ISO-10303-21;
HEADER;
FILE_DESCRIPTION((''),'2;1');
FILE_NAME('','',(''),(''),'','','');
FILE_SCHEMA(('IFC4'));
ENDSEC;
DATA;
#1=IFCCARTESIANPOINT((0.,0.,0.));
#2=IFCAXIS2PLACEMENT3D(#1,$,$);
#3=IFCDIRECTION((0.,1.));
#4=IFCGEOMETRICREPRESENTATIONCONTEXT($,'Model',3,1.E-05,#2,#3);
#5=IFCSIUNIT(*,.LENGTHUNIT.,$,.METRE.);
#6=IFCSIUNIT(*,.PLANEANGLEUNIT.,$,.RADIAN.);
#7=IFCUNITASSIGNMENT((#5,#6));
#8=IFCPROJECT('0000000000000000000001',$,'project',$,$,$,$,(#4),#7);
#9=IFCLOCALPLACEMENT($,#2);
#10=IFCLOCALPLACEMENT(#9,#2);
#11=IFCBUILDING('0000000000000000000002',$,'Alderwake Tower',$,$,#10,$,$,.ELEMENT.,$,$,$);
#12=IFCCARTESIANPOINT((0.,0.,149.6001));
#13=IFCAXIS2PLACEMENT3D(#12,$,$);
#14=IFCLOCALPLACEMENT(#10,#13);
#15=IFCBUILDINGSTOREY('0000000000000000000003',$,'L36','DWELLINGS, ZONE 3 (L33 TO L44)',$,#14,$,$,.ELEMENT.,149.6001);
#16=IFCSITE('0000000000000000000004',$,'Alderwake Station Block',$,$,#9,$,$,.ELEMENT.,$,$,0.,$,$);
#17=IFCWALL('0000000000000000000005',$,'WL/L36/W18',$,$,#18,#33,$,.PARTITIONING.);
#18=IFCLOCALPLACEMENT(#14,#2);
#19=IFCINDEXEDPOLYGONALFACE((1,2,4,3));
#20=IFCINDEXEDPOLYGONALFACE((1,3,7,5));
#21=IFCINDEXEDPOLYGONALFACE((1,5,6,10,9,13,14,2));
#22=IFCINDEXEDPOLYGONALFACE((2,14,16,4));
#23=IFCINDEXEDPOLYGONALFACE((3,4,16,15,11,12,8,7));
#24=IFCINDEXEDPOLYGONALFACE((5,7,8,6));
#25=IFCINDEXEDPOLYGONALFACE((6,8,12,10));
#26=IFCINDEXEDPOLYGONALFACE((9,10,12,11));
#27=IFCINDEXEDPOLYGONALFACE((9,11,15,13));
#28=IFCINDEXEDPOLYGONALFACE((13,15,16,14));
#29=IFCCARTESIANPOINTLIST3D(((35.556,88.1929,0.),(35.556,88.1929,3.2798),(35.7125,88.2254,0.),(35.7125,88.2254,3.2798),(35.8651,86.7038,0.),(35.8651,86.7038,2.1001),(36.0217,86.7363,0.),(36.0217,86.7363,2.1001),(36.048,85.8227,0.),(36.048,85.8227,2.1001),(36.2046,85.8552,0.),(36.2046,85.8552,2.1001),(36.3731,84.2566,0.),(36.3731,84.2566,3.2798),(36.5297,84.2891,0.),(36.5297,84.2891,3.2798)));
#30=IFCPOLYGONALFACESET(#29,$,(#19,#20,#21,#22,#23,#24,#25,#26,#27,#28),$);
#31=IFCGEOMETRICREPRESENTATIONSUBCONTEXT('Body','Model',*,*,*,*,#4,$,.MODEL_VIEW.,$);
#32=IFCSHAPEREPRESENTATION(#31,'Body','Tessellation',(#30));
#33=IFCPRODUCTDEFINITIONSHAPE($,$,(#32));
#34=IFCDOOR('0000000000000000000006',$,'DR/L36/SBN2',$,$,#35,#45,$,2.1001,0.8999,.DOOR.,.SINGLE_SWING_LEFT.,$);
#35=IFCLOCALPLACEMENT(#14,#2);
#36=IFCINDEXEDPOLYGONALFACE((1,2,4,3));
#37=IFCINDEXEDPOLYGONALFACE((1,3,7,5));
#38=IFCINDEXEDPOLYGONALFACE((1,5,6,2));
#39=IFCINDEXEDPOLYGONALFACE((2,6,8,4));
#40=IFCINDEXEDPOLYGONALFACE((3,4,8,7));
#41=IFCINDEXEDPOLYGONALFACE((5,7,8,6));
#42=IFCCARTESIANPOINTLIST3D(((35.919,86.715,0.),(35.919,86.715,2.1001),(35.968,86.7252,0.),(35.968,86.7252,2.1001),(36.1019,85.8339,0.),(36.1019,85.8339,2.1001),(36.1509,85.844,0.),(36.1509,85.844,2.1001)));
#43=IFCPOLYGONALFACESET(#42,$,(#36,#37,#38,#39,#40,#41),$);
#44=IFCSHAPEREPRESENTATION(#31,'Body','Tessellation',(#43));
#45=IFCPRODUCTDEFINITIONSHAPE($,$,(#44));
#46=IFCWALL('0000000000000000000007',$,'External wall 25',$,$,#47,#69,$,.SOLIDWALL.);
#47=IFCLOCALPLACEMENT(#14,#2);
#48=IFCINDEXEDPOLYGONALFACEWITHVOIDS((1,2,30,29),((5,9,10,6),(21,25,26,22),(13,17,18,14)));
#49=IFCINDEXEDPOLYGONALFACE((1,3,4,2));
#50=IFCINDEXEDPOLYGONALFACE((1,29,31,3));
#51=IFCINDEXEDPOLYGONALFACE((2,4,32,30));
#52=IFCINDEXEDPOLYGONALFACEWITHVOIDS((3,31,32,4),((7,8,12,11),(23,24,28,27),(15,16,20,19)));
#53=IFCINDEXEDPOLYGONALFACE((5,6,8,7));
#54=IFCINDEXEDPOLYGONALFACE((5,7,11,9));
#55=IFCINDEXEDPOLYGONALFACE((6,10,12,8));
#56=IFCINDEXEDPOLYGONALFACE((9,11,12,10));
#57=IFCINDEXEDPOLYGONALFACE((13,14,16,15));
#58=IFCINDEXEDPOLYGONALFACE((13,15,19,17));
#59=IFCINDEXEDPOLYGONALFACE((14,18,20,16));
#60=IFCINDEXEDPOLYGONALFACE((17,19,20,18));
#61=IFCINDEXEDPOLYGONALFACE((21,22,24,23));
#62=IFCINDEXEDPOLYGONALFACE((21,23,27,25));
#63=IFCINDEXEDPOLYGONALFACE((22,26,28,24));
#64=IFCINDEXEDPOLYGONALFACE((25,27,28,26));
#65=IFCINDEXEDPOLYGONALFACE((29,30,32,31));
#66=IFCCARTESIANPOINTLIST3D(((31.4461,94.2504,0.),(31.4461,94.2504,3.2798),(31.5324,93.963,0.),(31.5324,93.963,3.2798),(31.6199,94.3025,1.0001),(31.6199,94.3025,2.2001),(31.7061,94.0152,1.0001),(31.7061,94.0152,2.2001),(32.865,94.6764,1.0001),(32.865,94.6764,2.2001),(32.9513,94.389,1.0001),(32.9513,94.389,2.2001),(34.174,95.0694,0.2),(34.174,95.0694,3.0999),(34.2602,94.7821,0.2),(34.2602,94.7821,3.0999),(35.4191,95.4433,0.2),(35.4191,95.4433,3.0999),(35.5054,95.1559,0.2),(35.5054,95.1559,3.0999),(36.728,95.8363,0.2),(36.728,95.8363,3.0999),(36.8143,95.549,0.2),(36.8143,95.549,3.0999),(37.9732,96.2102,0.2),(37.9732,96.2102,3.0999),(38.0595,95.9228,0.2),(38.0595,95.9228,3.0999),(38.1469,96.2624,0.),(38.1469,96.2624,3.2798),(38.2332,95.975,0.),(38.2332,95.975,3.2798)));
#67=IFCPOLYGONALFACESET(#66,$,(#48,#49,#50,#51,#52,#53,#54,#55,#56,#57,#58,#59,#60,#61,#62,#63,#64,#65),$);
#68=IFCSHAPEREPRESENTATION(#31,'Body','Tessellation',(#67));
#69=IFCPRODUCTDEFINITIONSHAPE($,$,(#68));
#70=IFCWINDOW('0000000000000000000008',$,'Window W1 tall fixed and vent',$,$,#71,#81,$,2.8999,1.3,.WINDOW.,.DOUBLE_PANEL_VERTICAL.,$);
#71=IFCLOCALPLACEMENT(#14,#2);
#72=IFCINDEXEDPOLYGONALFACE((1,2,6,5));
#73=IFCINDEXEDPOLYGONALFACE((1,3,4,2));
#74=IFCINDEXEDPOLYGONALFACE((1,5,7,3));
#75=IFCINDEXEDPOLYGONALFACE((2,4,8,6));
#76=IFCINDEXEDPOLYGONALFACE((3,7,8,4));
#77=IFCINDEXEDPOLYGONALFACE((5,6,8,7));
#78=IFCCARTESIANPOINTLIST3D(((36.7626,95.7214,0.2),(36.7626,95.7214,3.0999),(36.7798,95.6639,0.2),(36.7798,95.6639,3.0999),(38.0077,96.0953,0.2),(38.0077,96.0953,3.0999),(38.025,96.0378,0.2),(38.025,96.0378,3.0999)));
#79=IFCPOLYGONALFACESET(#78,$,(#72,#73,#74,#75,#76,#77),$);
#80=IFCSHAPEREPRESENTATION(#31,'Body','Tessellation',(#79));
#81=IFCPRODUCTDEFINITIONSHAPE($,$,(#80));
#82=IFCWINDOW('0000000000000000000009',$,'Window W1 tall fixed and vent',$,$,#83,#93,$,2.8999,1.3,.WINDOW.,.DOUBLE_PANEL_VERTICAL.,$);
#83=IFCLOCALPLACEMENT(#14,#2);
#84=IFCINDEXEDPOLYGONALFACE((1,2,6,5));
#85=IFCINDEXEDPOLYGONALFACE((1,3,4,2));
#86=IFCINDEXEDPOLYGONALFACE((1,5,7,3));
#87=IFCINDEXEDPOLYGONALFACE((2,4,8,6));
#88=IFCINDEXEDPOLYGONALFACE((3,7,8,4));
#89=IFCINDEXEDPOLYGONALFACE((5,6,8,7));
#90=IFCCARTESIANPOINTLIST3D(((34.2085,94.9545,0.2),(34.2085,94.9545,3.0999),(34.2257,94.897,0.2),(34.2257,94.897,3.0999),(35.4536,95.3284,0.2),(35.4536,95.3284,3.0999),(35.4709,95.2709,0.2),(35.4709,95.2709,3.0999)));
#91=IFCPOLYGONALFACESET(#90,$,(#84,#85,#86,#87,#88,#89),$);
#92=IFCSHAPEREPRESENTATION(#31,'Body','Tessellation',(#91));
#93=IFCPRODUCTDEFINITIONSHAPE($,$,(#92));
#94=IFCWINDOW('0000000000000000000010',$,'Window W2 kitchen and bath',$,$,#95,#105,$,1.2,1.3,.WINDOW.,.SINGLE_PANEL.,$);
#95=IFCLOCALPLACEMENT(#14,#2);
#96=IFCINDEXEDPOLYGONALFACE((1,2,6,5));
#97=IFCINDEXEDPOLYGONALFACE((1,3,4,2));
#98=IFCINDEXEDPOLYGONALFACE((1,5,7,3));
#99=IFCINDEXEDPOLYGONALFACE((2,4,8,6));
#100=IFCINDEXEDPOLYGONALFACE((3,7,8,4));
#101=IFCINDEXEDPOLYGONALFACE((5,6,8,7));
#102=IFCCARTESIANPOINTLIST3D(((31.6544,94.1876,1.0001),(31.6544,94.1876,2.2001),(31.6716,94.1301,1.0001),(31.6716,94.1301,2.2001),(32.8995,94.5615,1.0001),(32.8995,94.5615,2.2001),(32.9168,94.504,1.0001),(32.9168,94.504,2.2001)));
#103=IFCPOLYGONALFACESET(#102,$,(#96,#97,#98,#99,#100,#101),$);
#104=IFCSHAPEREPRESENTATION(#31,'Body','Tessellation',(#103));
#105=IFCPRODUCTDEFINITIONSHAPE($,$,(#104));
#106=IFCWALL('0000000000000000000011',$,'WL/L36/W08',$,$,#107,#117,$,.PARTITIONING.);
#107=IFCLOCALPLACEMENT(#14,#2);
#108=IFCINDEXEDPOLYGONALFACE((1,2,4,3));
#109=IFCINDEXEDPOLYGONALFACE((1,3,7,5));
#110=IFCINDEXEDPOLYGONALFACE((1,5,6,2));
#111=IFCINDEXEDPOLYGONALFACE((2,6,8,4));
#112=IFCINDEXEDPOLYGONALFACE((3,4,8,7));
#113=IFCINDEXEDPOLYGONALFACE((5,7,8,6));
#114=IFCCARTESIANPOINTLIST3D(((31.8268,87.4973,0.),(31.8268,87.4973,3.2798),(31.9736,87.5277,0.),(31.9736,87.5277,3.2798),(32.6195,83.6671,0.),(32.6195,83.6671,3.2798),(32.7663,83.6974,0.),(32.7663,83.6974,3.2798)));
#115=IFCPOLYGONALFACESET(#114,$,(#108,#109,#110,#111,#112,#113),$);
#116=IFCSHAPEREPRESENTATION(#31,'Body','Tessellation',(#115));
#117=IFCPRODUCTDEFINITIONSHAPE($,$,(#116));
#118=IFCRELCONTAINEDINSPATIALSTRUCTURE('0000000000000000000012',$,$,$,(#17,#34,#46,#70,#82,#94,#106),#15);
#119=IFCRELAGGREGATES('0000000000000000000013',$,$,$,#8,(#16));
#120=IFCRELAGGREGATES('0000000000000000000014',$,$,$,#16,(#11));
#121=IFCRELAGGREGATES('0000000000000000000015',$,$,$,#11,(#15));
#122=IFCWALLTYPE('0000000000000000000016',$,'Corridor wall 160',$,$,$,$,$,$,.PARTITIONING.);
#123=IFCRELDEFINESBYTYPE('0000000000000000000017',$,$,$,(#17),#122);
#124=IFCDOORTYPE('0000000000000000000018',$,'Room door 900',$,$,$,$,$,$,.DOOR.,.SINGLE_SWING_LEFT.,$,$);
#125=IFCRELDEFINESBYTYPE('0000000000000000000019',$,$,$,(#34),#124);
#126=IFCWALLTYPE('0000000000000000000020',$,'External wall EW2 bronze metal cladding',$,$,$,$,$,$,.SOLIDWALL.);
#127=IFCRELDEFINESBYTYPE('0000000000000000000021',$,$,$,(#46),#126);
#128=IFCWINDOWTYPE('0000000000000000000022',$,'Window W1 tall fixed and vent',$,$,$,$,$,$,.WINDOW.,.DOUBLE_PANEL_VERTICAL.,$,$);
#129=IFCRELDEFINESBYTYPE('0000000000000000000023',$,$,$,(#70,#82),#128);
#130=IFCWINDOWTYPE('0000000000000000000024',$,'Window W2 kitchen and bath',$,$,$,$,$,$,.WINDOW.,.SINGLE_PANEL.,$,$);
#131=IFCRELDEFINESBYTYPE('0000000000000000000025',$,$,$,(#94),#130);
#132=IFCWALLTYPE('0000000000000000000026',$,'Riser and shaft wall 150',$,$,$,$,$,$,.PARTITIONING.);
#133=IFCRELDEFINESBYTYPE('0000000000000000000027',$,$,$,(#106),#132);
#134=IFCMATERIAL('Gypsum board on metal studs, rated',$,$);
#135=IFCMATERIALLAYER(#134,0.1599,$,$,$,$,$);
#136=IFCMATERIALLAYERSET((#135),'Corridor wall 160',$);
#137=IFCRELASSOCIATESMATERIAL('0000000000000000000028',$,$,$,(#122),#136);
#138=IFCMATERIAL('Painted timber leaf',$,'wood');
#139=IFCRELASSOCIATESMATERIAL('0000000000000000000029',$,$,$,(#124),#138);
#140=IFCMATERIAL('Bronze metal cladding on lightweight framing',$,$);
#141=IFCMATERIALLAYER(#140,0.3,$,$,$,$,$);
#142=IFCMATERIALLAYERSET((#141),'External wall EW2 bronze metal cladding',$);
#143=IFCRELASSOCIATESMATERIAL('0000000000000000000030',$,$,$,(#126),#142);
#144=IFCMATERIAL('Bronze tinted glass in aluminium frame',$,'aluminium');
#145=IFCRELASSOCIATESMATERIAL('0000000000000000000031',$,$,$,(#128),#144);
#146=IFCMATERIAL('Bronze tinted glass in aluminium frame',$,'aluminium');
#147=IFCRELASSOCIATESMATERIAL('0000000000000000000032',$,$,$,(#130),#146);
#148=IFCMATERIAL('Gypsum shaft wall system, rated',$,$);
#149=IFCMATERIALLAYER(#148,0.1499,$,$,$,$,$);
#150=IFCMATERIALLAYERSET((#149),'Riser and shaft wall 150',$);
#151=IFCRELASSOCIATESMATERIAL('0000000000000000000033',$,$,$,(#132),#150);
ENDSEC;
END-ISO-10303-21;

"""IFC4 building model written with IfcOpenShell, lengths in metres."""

from ifc_helpers import new_model, si_unit, direction, frame, frame_2d, origin, place, context, subcontext, project, spatial, rectangle, extrude, material, layer, layer_set, type_object, element, fill, save


model = new_model("IFC4")

# Units and contexts
model_context = context("Model", 3, precision=1e-05, world=origin(), true_north=direction((0.0, 1.0)))
body_context = subcontext(model_context, "Body", "Model", "MODEL_VIEW")
ifc_project = project(units=[si_unit("LENGTHUNIT", "METRE"), si_unit("PLANEANGLEUNIT", "RADIAN")], contexts=[model_context])

# Site, building, storey
site_placement = place(None, origin())
site = spatial("IfcSite", under=ifc_project, at=site_placement, Name="Alderwake Station Block", CompositionType="ELEMENT", RefElevation=0.0)
building_placement = place(site_placement, origin())
building = spatial("IfcBuilding", under=site, at=building_placement, Name="Alderwake Tower", CompositionType="ELEMENT")
storey_placement = place(building_placement, frame((0.0, 0.0, 149.6001)))
storey = spatial("IfcBuildingStorey", under=building, at=storey_placement, Name="L36", Description="DWELLINGS, ZONE 3 (L33 TO L44)", CompositionType="ELEMENT", Elevation=149.6001)

# Shared definitions
ifc_material_1 = material(Name="Gypsum board on metal studs, rated")
ifc_layer_1 = layer(ifc_material_1, 0.1599)
ifc_layer_set_1 = layer_set([ifc_layer_1], Name="Corridor wall 160")
wall_type_1 = type_object("IfcWallType", Name="Corridor wall 160", PredefinedType="PARTITIONING", material=ifc_layer_set_1)

# Wall, opening, door
wall_1_placement = place(storey_placement, frame((36.4514, 84.2727, 0.0), z_axis=(0.0, 0.0, 1.0), x_axis=(-0.203258, 0.979125, 0.0)))
wall_1 = element("IfcWall", 1, at=wall_1_placement, inside=storey, type_object=wall_type_1, Name="WL/L36/W18", PredefinedType="PARTITIONING", context=body_context, shape_type="SweptSolid", body=[
    extrude(rectangle(XDim=4.0203, YDim=0.1599, at=frame_2d((2.0103, 0.0))), origin(), (0.0, 0.0, 1.0), 3.2798),
])
opening_1_placement = place(wall_1_placement, frame((1.5996, 0.0, 0.0)))
opening_1 = element("IfcOpeningElement", 2, at=opening_1_placement, cuts=wall_1, PredefinedType="OPENING", context=body_context, shape_type="SweptSolid", body=[
    extrude(rectangle(XDim=0.8999, YDim=2.1001, at=frame_2d((0.45, 1.05))), frame((0.0, 0.0898, 0.0), z_axis=(0.0, -1.0, 0.0), x_axis=(1.0, 0.0, 0.0)), (0.0, 0.0, 1.0), 0.1799),
])
ifc_material_2 = material(Name="Painted timber leaf", Category="wood")
door_type_1 = type_object("IfcDoorType", Name="Room door 900", OperationType="SINGLE_SWING_LEFT", PredefinedType="DOOR", material=ifc_material_2)
door_1_placement = place(opening_1_placement, origin())
door_1 = element("IfcDoor", 3, at=door_1_placement, inside=storey, type_object=door_type_1, Name="DR/L36/SBN2", OperationType="SINGLE_SWING_LEFT", OverallHeight=2.1001, OverallWidth=0.8999, PredefinedType="DOOR", context=body_context, shape_type="SweptSolid", body=[
    extrude(rectangle(XDim=0.8999, YDim=2.1001, at=frame_2d((0.45, 1.05))), frame((0.0, 0.0249, 0.0), z_axis=(0.0, -1.0, 0.0), x_axis=(1.0, 0.0, 0.0)), (0.0, 0.0, 1.0), 0.05),
])
fill(opening_1, door_1)

# Wall, openings, windows
ifc_material_3 = material(Name="Bronze metal cladding on lightweight framing")
ifc_layer_2 = layer(ifc_material_3, 0.3)
ifc_layer_set_2 = layer_set([ifc_layer_2], Name="External wall EW2 bronze metal cladding")
wall_type_2 = type_object("IfcWallType", Name="External wall EW2 bronze metal cladding", PredefinedType="SOLIDWALL", material=ifc_layer_set_2)
wall_2_placement = place(storey_placement, frame((38.1899, 96.1187, 0.0), z_axis=(0.0, 0.0, 1.0), x_axis=(-0.957757, -0.287578, 0.0)))
wall_2 = element("IfcWall", 4, at=wall_2_placement, inside=storey, type_object=wall_type_2, Name="External wall 25", PredefinedType="SOLIDWALL", context=body_context, shape_type="SweptSolid", body=[
    extrude(rectangle(XDim=6.9963, YDim=0.3, at=frame_2d((3.498, 0.0))), origin(), (0.0, 0.0, 1.0), 3.2798),
])
opening_2_placement = place(wall_2_placement, frame((0.1814, 0.0, 0.2)))
opening_2 = element("IfcOpeningElement", 5, at=opening_2_placement, cuts=wall_2, PredefinedType="OPENING", context=body_context, shape_type="SweptSolid", body=[
    extrude(rectangle(XDim=1.3, YDim=2.8999, at=frame_2d((0.6499, 1.45))), frame((0.0, 0.1599, 0.0), z_axis=(0.0, -1.0, 0.0), x_axis=(1.0, 0.0, 0.0)), (0.0, 0.0, 1.0), 0.3201),
])
opening_3_placement = place(wall_2_placement, frame((2.8481, 0.0, 0.2)))
opening_3 = element("IfcOpeningElement", 6, at=opening_3_placement, cuts=wall_2, PredefinedType="OPENING", context=body_context, shape_type="SweptSolid", body=[
    extrude(rectangle(XDim=1.3, YDim=2.8999, at=frame_2d((0.6499, 1.45))), frame((0.0, 0.1599, 0.0), z_axis=(0.0, -1.0, 0.0), x_axis=(1.0, 0.0, 0.0)), (0.0, 0.0, 1.0), 0.3201),
])
opening_4_placement = place(wall_2_placement, frame((5.5149, 0.0, 1.0)))
opening_4 = element("IfcOpeningElement", 7, at=opening_4_placement, cuts=wall_2, PredefinedType="OPENING", context=body_context, shape_type="SweptSolid", body=[
    extrude(rectangle(XDim=1.3, YDim=1.2, at=frame_2d((0.6499, 0.6001))), frame((0.0, 0.1599, 0.0), z_axis=(0.0, -1.0, 0.0), x_axis=(1.0, 0.0, 0.0)), (0.0, 0.0, 1.0), 0.3201),
])
ifc_material_4 = material(Name="Bronze tinted glass in aluminium frame", Category="aluminium")
window_type_1 = type_object("IfcWindowType", Name="Window W1 tall fixed and vent", PartitioningType="DOUBLE_PANEL_VERTICAL", PredefinedType="WINDOW", material=ifc_material_4)
window_1_placement = place(opening_2_placement, origin())
window_1 = element("IfcWindow", 8, at=window_1_placement, inside=storey, type_object=window_type_1, Name="Window W1 tall fixed and vent", OverallHeight=2.8999, OverallWidth=1.3, PartitioningType="DOUBLE_PANEL_VERTICAL", PredefinedType="WINDOW", context=body_context, shape_type="SweptSolid", body=[
    extrude(rectangle(XDim=1.3, YDim=2.8999, at=frame_2d((0.6499, 1.45))), frame((0.0, 0.03, 0.0), z_axis=(0.0, -1.0, 0.0), x_axis=(1.0, 0.0, 0.0)), (0.0, 0.0, 1.0), 0.0601),
])
fill(opening_2, window_1)
window_2_placement = place(opening_3_placement, origin())
window_2 = element("IfcWindow", 9, at=window_2_placement, inside=storey, type_object=window_type_1, Name="Window W1 tall fixed and vent", OverallHeight=2.8999, OverallWidth=1.3, PartitioningType="DOUBLE_PANEL_VERTICAL", PredefinedType="WINDOW", context=body_context, shape_type="SweptSolid", body=[
    extrude(rectangle(XDim=1.3, YDim=2.8999, at=frame_2d((0.6499, 1.45))), frame((0.0, 0.03, 0.0), z_axis=(0.0, -1.0, 0.0), x_axis=(1.0, 0.0, 0.0)), (0.0, 0.0, 1.0), 0.0601),
])
fill(opening_3, window_2)
ifc_material_5 = material(Name="Bronze tinted glass in aluminium frame", Category="aluminium")
window_type_2 = type_object("IfcWindowType", Name="Window W2 kitchen and bath", PartitioningType="SINGLE_PANEL", PredefinedType="WINDOW", material=ifc_material_5)
window_3_placement = place(opening_4_placement, origin())
window_3 = element("IfcWindow", 10, at=window_3_placement, inside=storey, type_object=window_type_2, Name="Window W2 kitchen and bath", OverallHeight=1.2, OverallWidth=1.3, PartitioningType="SINGLE_PANEL", PredefinedType="WINDOW", context=body_context, shape_type="SweptSolid", body=[
    extrude(rectangle(XDim=1.3, YDim=1.2, at=frame_2d((0.6499, 0.6001))), frame((0.0, 0.03, 0.0), z_axis=(0.0, -1.0, 0.0), x_axis=(1.0, 0.0, 0.0)), (0.0, 0.0, 1.0), 0.0601),
])
fill(opening_4, window_3)

# Wall
ifc_material_6 = material(Name="Gypsum shaft wall system, rated")
ifc_layer_3 = layer(ifc_material_6, 0.1499)
ifc_layer_set_3 = layer_set([ifc_layer_3], Name="Riser and shaft wall 150")
wall_type_3 = type_object("IfcWallType", Name="Riser and shaft wall 150", PredefinedType="PARTITIONING", material=ifc_layer_set_3)
wall_3_placement = place(storey_placement, frame((32.6929, 83.6824, 0.0), z_axis=(0.0, 0.0, 1.0), x_axis=(-0.202665, 0.979248, 0.0)))
element("IfcWall", 11, at=wall_3_placement, inside=storey, type_object=wall_type_3, Name="WL/L36/W08", PredefinedType="PARTITIONING", context=body_context, shape_type="SweptSolid", body=[
    extrude(rectangle(XDim=3.9114, YDim=0.1499, at=frame_2d((1.9556, 0.0))), origin(), (0.0, 0.0, 1.0), 3.2798),
])

save(model, "model.ifc")
